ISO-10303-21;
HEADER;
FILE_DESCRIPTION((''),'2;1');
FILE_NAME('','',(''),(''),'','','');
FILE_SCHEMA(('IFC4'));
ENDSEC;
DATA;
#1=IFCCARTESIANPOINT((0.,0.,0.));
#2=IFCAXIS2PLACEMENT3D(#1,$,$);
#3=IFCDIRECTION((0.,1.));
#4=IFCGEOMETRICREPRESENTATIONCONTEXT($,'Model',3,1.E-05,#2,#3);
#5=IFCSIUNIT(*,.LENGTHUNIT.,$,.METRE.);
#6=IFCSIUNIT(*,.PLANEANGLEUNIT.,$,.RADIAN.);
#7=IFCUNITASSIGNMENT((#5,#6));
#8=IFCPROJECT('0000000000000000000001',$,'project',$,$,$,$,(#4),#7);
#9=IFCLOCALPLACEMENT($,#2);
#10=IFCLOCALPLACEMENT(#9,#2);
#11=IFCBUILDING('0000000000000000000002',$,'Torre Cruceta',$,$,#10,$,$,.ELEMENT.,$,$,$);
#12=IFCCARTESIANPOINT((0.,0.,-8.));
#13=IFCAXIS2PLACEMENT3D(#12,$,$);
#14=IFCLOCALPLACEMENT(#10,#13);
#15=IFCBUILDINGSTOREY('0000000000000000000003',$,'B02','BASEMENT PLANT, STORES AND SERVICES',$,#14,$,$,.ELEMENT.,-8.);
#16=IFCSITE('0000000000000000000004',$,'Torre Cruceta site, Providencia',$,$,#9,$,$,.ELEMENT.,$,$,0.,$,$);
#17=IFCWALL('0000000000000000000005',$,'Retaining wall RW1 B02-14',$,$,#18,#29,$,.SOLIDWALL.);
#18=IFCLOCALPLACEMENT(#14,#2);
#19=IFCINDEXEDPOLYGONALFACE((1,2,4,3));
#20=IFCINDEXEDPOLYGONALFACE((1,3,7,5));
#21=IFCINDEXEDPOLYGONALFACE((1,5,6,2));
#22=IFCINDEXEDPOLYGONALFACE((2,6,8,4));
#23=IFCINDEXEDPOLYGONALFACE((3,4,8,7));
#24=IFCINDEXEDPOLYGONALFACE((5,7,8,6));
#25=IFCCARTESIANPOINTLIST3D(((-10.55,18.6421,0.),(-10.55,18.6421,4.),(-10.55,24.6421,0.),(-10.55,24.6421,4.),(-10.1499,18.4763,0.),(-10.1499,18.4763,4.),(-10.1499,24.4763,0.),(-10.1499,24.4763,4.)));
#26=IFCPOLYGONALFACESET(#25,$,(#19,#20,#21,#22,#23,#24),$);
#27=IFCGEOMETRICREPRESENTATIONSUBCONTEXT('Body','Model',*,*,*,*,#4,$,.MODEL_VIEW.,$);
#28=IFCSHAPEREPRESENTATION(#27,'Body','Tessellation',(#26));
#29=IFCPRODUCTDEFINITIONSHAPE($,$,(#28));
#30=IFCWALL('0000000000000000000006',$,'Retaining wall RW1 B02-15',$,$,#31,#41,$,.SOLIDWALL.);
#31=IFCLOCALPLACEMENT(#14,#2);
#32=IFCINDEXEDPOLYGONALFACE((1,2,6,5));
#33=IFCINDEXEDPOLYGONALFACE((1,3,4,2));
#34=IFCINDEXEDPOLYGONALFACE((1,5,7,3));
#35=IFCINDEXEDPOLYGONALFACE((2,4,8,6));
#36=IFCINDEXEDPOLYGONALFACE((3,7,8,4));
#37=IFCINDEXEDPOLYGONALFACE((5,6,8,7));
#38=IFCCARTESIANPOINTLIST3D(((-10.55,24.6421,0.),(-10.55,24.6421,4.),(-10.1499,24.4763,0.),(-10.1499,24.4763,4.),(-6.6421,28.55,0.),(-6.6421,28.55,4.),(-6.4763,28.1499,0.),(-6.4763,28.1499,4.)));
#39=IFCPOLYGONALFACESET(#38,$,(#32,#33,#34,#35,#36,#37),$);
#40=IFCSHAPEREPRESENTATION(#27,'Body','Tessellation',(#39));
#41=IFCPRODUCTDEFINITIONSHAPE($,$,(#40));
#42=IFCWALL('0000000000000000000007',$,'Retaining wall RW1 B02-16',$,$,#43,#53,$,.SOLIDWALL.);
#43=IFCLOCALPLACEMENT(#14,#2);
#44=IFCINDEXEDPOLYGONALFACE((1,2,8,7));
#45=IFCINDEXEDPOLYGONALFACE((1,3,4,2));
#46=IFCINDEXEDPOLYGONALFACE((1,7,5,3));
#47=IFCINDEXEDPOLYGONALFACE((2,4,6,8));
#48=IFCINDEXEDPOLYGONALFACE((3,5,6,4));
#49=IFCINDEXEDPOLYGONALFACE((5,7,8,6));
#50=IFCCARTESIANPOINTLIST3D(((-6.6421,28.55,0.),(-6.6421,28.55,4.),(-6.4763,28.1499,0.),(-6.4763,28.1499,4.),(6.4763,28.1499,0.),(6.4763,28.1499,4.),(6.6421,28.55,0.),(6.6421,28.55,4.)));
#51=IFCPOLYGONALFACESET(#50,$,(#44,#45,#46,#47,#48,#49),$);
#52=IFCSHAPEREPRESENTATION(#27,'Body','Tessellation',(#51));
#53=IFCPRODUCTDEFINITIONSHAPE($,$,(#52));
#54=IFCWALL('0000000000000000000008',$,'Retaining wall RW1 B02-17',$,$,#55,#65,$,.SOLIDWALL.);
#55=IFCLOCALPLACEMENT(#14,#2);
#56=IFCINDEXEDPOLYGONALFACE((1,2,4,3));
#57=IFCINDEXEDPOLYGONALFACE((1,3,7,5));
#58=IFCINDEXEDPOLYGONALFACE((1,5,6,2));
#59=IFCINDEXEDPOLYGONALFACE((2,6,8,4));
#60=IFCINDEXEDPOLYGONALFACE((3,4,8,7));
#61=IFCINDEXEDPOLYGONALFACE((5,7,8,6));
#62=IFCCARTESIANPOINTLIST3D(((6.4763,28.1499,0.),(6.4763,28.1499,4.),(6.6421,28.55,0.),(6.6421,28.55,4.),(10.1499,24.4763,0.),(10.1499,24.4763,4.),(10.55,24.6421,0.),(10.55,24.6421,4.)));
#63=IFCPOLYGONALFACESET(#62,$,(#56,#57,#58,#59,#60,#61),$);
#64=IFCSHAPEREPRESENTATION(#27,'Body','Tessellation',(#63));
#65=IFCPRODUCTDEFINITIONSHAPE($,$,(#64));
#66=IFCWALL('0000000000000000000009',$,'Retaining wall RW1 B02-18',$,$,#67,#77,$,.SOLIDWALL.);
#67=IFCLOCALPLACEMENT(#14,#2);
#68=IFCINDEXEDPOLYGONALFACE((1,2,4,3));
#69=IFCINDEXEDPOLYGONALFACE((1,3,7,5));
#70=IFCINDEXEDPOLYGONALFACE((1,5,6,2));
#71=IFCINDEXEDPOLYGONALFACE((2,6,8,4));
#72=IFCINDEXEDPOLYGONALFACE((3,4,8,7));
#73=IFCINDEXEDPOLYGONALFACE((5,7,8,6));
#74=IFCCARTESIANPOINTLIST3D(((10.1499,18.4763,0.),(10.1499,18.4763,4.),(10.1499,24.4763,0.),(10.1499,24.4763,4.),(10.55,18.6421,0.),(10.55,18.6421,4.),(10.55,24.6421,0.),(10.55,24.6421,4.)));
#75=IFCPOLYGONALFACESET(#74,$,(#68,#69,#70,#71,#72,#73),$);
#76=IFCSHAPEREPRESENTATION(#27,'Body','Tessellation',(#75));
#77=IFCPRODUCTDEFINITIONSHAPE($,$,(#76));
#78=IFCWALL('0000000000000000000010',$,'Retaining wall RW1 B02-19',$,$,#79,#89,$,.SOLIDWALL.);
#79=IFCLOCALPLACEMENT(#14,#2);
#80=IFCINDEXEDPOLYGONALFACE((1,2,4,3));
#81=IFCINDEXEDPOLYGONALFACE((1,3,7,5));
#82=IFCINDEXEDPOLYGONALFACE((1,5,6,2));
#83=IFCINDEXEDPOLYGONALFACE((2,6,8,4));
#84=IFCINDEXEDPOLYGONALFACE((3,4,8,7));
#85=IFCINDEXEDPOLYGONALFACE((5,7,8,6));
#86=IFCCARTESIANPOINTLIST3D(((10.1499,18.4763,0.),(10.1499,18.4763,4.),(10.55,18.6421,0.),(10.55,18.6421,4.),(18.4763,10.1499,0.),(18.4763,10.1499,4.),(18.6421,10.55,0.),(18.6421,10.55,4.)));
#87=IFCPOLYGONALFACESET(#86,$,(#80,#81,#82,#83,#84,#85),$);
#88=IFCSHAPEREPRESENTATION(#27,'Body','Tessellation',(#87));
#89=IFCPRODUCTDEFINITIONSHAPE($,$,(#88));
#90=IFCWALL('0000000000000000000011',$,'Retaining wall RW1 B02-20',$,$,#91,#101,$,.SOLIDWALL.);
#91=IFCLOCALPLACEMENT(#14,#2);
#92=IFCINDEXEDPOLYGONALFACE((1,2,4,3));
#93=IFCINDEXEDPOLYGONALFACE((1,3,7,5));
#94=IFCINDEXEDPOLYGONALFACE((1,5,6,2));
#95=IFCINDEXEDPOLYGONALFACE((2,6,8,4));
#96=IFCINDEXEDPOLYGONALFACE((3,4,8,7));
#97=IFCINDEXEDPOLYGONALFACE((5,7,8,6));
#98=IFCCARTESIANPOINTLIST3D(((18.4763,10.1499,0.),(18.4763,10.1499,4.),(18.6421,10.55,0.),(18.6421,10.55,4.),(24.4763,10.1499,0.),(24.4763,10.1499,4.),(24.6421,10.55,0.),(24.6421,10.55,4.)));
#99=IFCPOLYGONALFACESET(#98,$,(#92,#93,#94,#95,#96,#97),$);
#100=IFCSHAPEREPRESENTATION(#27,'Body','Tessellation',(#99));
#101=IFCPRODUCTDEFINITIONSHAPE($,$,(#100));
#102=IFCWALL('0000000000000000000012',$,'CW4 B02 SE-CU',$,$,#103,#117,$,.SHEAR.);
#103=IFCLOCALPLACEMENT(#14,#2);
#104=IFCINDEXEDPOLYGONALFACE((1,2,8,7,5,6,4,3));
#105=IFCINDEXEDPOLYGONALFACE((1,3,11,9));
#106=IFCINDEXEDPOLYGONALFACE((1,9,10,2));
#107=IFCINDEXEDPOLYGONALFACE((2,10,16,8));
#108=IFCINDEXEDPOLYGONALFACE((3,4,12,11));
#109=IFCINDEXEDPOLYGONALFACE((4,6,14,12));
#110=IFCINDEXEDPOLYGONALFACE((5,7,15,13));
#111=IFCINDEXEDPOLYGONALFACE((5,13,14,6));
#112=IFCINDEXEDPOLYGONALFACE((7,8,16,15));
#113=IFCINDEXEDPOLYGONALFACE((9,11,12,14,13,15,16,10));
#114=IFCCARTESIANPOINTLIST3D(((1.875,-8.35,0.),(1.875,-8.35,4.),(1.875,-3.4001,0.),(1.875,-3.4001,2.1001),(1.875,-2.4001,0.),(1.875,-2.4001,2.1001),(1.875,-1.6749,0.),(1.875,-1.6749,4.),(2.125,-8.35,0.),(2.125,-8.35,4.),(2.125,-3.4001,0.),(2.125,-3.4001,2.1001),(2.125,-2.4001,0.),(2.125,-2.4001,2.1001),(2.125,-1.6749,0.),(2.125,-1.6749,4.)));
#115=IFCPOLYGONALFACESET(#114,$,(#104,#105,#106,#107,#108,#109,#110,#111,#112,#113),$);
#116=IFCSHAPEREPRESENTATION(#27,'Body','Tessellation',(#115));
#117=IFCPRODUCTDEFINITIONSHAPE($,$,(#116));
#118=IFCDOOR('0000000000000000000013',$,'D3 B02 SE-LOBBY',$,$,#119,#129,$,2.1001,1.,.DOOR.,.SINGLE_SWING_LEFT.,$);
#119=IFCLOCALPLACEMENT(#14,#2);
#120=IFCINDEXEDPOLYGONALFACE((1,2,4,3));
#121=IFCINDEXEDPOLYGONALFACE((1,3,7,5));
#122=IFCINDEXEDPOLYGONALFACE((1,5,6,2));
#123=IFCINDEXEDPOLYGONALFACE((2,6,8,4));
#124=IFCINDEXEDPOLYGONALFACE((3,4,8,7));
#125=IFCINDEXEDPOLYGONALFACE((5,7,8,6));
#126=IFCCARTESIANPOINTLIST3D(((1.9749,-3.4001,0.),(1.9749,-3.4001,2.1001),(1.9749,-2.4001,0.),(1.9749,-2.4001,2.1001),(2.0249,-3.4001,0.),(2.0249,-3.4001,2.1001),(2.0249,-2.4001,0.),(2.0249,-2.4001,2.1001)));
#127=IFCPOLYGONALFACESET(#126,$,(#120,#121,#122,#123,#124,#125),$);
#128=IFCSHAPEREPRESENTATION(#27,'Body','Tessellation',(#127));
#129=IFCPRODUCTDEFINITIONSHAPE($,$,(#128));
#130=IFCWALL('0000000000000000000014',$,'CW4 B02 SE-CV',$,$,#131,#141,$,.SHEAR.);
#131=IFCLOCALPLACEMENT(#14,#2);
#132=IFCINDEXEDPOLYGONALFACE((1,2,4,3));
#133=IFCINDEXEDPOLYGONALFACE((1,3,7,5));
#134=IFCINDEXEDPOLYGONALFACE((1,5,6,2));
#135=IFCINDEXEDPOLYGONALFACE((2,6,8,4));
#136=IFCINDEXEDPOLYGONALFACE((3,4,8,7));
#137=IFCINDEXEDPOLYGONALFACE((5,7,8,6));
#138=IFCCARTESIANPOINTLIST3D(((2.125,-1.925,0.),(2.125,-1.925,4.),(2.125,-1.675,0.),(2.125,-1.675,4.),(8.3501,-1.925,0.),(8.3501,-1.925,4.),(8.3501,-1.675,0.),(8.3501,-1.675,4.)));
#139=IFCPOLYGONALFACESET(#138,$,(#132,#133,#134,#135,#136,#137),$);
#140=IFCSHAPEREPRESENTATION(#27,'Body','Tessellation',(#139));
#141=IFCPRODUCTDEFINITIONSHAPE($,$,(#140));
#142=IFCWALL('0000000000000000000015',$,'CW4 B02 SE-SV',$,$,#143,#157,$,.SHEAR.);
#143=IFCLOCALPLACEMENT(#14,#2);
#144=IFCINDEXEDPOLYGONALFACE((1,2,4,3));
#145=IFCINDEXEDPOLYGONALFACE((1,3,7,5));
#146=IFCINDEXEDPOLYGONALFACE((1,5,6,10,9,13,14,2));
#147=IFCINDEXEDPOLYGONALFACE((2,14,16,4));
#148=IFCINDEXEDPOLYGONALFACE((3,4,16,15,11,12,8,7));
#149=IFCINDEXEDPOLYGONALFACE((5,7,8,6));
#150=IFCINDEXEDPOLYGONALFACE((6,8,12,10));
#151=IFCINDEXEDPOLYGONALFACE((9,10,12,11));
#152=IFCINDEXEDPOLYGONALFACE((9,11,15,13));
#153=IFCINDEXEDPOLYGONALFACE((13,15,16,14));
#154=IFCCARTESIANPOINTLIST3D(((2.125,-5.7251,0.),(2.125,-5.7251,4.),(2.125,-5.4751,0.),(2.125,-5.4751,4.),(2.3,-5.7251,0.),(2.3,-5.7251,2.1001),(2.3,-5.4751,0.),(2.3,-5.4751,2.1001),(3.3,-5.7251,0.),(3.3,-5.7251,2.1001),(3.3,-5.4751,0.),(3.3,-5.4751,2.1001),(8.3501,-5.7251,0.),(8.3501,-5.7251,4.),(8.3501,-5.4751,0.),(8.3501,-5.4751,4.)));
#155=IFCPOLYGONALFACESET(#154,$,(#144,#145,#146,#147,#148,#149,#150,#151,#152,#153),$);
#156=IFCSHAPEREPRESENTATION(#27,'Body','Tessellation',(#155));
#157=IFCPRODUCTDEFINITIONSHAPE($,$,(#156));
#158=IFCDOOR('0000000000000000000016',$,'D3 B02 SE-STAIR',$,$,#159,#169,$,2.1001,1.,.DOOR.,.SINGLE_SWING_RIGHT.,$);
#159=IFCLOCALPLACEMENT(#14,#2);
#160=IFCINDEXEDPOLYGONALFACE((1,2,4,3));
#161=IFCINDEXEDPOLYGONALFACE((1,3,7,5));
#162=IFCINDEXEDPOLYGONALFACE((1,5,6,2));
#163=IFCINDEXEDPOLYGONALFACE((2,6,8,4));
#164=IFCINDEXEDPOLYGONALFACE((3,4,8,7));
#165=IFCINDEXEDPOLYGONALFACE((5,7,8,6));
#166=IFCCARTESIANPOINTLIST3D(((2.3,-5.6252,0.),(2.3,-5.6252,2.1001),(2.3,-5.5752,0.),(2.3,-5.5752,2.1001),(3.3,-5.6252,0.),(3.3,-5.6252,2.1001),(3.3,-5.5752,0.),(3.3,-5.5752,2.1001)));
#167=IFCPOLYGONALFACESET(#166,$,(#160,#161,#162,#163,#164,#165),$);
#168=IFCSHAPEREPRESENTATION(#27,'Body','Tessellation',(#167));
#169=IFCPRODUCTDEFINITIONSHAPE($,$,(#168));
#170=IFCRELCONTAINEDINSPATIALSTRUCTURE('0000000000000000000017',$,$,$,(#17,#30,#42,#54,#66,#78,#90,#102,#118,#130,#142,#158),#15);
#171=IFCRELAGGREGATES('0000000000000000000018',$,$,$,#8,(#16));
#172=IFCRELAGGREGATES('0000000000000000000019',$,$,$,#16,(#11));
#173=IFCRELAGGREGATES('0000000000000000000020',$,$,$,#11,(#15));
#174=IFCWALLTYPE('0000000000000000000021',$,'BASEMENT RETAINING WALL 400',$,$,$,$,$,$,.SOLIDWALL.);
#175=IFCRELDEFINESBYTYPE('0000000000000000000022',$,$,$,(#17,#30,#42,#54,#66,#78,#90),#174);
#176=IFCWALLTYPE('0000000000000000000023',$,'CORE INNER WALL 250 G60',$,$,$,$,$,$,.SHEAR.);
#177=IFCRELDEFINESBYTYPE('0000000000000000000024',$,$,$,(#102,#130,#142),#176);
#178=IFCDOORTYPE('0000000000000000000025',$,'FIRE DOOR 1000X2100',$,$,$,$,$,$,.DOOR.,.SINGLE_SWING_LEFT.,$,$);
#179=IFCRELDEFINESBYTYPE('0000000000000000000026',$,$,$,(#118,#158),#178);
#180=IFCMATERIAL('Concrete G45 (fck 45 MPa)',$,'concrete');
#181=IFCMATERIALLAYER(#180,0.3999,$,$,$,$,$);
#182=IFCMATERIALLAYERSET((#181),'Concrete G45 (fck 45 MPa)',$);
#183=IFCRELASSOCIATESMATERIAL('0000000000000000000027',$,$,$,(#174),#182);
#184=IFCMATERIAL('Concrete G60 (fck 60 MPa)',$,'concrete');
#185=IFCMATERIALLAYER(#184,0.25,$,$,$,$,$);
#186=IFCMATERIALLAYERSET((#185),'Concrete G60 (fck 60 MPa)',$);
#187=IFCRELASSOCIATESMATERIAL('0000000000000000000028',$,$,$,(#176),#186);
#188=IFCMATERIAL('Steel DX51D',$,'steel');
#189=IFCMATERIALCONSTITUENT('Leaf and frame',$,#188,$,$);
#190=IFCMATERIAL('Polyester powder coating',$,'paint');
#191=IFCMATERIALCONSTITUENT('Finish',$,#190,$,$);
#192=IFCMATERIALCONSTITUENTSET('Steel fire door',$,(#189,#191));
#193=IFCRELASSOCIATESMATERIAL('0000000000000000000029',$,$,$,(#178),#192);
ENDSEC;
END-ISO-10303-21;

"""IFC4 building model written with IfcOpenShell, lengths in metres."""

from ifc_helpers import new_model, si_unit, direction, frame, frame_2d, origin, place, context, subcontext, project, spatial, polyline, rectangle, outline, extrude, material, layer, layer_set, constituent, constituent_set, type_object, element, fill, save


model = new_model("IFC4")

# Units and contexts
model_context = context("Model", 3, precision=1e-05, world=origin(), true_north=direction((0.0, 1.0)))
body_context = subcontext(model_context, "Body", "Model", "MODEL_VIEW")
ifc_project = project(units=[si_unit("LENGTHUNIT", "METRE"), si_unit("PLANEANGLEUNIT", "RADIAN")], contexts=[model_context])

# Site, building, storey
site_placement = place(None, origin())
site = spatial("IfcSite", under=ifc_project, at=site_placement, Name="Torre Cruceta site, Providencia", CompositionType="ELEMENT", RefElevation=0.0)
building_placement = place(site_placement, origin())
building = spatial("IfcBuilding", under=site, at=building_placement, Name="Torre Cruceta", CompositionType="ELEMENT")
storey_placement = place(building_placement, frame((0.0, 0.0, -8.0)))
storey = spatial("IfcBuildingStorey", under=building, at=storey_placement, Name="B02", Description="BASEMENT PLANT, STORES AND SERVICES", CompositionType="ELEMENT", Elevation=-8.0)

# Walls
ifc_material_1 = material(Name="Concrete G45 (fck 45 MPa)", Category="concrete")
ifc_layer_1 = layer(ifc_material_1, 0.3999)
ifc_layer_set_1 = layer_set([ifc_layer_1], Name="Concrete G45 (fck 45 MPa)")
wall_type_1 = type_object("IfcWallType", Name="BASEMENT RETAINING WALL 400", PredefinedType="SOLIDWALL", material=ifc_layer_set_1)
wall_1_placement = place(storey_placement, origin())
element("IfcWall", 1, at=wall_1_placement, inside=storey, type_object=wall_type_1, Name="Retaining wall RW1 B02-14", PredefinedType="SOLIDWALL", context=body_context, shape_type="SweptSolid", body=[
    extrude(outline(polyline([(-10.1499, 18.4763), (-10.55, 18.6421), (-10.55, 24.6421), (-10.1499, 24.4763), (-10.1499, 18.4763)])), origin(), (0.0, 0.0, 1.0), 4.0),
])
wall_2_placement = place(storey_placement, origin())
element("IfcWall", 2, at=wall_2_placement, inside=storey, type_object=wall_type_1, Name="Retaining wall RW1 B02-15", PredefinedType="SOLIDWALL", context=body_context, shape_type="SweptSolid", body=[
    extrude(outline(polyline([(-10.1499, 24.4763), (-10.55, 24.6421), (-6.6421, 28.55), (-6.4763, 28.1499), (-10.1499, 24.4763)])), origin(), (0.0, 0.0, 1.0), 4.0),
])
wall_3_placement = place(storey_placement, origin())
element("IfcWall", 3, at=wall_3_placement, inside=storey, type_object=wall_type_1, Name="Retaining wall RW1 B02-16", PredefinedType="SOLIDWALL", context=body_context, shape_type="SweptSolid", body=[
    extrude(outline(polyline([(-6.4763, 28.1499), (-6.6421, 28.55), (6.6421, 28.55), (6.4763, 28.1499), (-6.4763, 28.1499)])), origin(), (0.0, 0.0, 1.0), 4.0),
])
wall_4_placement = place(storey_placement, origin())
element("IfcWall", 4, at=wall_4_placement, inside=storey, type_object=wall_type_1, Name="Retaining wall RW1 B02-17", PredefinedType="SOLIDWALL", context=body_context, shape_type="SweptSolid", body=[
    extrude(outline(polyline([(6.4763, 28.1499), (6.6421, 28.55), (10.55, 24.6421), (10.1499, 24.4763), (6.4763, 28.1499)])), origin(), (0.0, 0.0, 1.0), 4.0),
])
wall_5_placement = place(storey_placement, origin())
element("IfcWall", 5, at=wall_5_placement, inside=storey, type_object=wall_type_1, Name="Retaining wall RW1 B02-18", PredefinedType="SOLIDWALL", context=body_context, shape_type="SweptSolid", body=[
    extrude(outline(polyline([(10.1499, 24.4763), (10.55, 24.6421), (10.55, 18.6421), (10.1499, 18.4763), (10.1499, 24.4763)])), origin(), (0.0, 0.0, 1.0), 4.0),
])
wall_6_placement = place(storey_placement, origin())
element("IfcWall", 6, at=wall_6_placement, inside=storey, type_object=wall_type_1, Name="Retaining wall RW1 B02-19", PredefinedType="SOLIDWALL", context=body_context, shape_type="SweptSolid", body=[
    extrude(outline(polyline([(10.1499, 18.4763), (10.55, 18.6421), (18.6421, 10.55), (18.4763, 10.1499), (10.1499, 18.4763)])), origin(), (0.0, 0.0, 1.0), 4.0),
])
wall_7_placement = place(storey_placement, origin())
element("IfcWall", 7, at=wall_7_placement, inside=storey, type_object=wall_type_1, Name="Retaining wall RW1 B02-20", PredefinedType="SOLIDWALL", context=body_context, shape_type="SweptSolid", body=[
    extrude(outline(polyline([(18.4763, 10.1499), (18.6421, 10.55), (24.6421, 10.55), (24.4763, 10.1499), (18.4763, 10.1499)])), origin(), (0.0, 0.0, 1.0), 4.0),
])

# Wall, opening, door
ifc_material_2 = material(Name="Concrete G60 (fck 60 MPa)", Category="concrete")
ifc_layer_2 = layer(ifc_material_2, 0.25)
ifc_layer_set_2 = layer_set([ifc_layer_2], Name="Concrete G60 (fck 60 MPa)")
wall_type_2 = type_object("IfcWallType", Name="CORE INNER WALL 250 G60", PredefinedType="SHEAR", material=ifc_layer_set_2)
wall_8_placement = place(storey_placement, frame((2.0, -1.675, 0.0), z_axis=(0.0, 0.0, 1.0), x_axis=(0.0, -1.0, 0.0)))
wall_8 = element("IfcWall", 8, at=wall_8_placement, inside=storey, type_object=wall_type_2, Name="CW4 B02 SE-CU", PredefinedType="SHEAR", context=body_context, shape_type="SweptSolid", body=[
    extrude(rectangle(XDim=6.675, YDim=0.25, at=frame_2d((3.3374, 0.0))), origin(), (0.0, 0.0, 1.0), 4.0),
])
opening_1_placement = place(wall_8_placement, frame((0.7251, 0.0, 0.0)))
opening_1 = element("IfcOpeningElement", 9, at=opening_1_placement, cuts=wall_8, PredefinedType="OPENING", context=body_context, shape_type="SweptSolid", body=[
    extrude(rectangle(XDim=1.0, YDim=2.1001, at=frame_2d((0.5, 1.05))), frame((0.0, 0.135, 0.0), z_axis=(0.0, -1.0, 0.0), x_axis=(1.0, 0.0, 0.0)), (0.0, 0.0, 1.0), 0.27),
])
ifc_material_3 = material(Name="Steel DX51D", Category="steel")
ifc_constituent_1 = constituent(ifc_material_3, Name="Leaf and frame")
ifc_material_4 = material(Name="Polyester powder coating", Category="paint")
ifc_constituent_2 = constituent(ifc_material_4, Name="Finish")
ifc_constituent_set_1 = constituent_set(constituents=[ifc_constituent_1, ifc_constituent_2], Name="Steel fire door")
door_type_1 = type_object("IfcDoorType", Name="FIRE DOOR 1000X2100", OperationType="SINGLE_SWING_LEFT", PredefinedType="DOOR", material=ifc_constituent_set_1)
door_1_placement = place(opening_1_placement, origin())
door_1 = element("IfcDoor", 10, at=door_1_placement, inside=storey, type_object=door_type_1, Name="D3 B02 SE-LOBBY", OperationType="SINGLE_SWING_LEFT", OverallHeight=2.1001, OverallWidth=1.0, PredefinedType="DOOR", context=body_context, shape_type="SweptSolid", body=[
    extrude(rectangle(XDim=1.0, YDim=2.1001, at=frame_2d((0.5, 1.05))), frame((0.0, 0.0249, 0.0), z_axis=(0.0, -1.0, 0.0), x_axis=(1.0, 0.0, 0.0)), (0.0, 0.0, 1.0), 0.05),
])
fill(opening_1, door_1)

# Wall
wall_9_placement = place(storey_placement, frame((2.125, -1.8, 0.0), z_axis=(0.0, 0.0, 1.0), x_axis=(1.0, 0.0, 0.0)))
element("IfcWall", 11, at=wall_9_placement, inside=storey, type_object=wall_type_2, Name="CW4 B02 SE-CV", PredefinedType="SHEAR", context=body_context, shape_type="SweptSolid", body=[
    extrude(rectangle(XDim=6.2251, YDim=0.25, at=frame_2d((3.1125, 0.0))), origin(), (0.0, 0.0, 1.0), 4.0),
])

# Wall, opening, door
wall_10_placement = place(storey_placement, frame((2.125, -5.6001, 0.0), z_axis=(0.0, 0.0, 1.0), x_axis=(1.0, 0.0, 0.0)))
wall_10 = element("IfcWall", 12, at=wall_10_placement, inside=storey, type_object=wall_type_2, Name="CW4 B02 SE-SV", PredefinedType="SHEAR", context=body_context, shape_type="SweptSolid", body=[
    extrude(rectangle(XDim=6.2251, YDim=0.25, at=frame_2d((3.1125, 0.0))), origin(), (0.0, 0.0, 1.0), 4.0),
])
opening_2_placement = place(wall_10_placement, frame((0.175, 0.0, 0.0)))
opening_2 = element("IfcOpeningElement", 13, at=opening_2_placement, cuts=wall_10, PredefinedType="OPENING", context=body_context, shape_type="SweptSolid", body=[
    extrude(rectangle(XDim=1.0, YDim=2.1001, at=frame_2d((0.5, 1.05))), frame((0.0, 0.135, 0.0), z_axis=(0.0, -1.0, 0.0), x_axis=(1.0, 0.0, 0.0)), (0.0, 0.0, 1.0), 0.27),
])
door_2_placement = place(opening_2_placement, frame((1.0, 0.0, 0.0), z_axis=(0.0, 0.0, 1.0), x_axis=(-1.0, 0.0, 0.0)))
door_2 = element("IfcDoor", 14, at=door_2_placement, inside=storey, type_object=door_type_1, Name="D3 B02 SE-STAIR", OperationType="SINGLE_SWING_RIGHT", OverallHeight=2.1001, OverallWidth=1.0, PredefinedType="DOOR", context=body_context, shape_type="SweptSolid", body=[
    extrude(rectangle(XDim=1.0, YDim=2.1001, at=frame_2d((0.5, 1.05))), frame((0.0, 0.0251, 0.0), z_axis=(0.0, -1.0, 0.0), x_axis=(1.0, 0.0, 0.0)), (0.0, 0.0, 1.0), 0.05),
])
fill(opening_2, door_2)

save(model, "model.ifc")
